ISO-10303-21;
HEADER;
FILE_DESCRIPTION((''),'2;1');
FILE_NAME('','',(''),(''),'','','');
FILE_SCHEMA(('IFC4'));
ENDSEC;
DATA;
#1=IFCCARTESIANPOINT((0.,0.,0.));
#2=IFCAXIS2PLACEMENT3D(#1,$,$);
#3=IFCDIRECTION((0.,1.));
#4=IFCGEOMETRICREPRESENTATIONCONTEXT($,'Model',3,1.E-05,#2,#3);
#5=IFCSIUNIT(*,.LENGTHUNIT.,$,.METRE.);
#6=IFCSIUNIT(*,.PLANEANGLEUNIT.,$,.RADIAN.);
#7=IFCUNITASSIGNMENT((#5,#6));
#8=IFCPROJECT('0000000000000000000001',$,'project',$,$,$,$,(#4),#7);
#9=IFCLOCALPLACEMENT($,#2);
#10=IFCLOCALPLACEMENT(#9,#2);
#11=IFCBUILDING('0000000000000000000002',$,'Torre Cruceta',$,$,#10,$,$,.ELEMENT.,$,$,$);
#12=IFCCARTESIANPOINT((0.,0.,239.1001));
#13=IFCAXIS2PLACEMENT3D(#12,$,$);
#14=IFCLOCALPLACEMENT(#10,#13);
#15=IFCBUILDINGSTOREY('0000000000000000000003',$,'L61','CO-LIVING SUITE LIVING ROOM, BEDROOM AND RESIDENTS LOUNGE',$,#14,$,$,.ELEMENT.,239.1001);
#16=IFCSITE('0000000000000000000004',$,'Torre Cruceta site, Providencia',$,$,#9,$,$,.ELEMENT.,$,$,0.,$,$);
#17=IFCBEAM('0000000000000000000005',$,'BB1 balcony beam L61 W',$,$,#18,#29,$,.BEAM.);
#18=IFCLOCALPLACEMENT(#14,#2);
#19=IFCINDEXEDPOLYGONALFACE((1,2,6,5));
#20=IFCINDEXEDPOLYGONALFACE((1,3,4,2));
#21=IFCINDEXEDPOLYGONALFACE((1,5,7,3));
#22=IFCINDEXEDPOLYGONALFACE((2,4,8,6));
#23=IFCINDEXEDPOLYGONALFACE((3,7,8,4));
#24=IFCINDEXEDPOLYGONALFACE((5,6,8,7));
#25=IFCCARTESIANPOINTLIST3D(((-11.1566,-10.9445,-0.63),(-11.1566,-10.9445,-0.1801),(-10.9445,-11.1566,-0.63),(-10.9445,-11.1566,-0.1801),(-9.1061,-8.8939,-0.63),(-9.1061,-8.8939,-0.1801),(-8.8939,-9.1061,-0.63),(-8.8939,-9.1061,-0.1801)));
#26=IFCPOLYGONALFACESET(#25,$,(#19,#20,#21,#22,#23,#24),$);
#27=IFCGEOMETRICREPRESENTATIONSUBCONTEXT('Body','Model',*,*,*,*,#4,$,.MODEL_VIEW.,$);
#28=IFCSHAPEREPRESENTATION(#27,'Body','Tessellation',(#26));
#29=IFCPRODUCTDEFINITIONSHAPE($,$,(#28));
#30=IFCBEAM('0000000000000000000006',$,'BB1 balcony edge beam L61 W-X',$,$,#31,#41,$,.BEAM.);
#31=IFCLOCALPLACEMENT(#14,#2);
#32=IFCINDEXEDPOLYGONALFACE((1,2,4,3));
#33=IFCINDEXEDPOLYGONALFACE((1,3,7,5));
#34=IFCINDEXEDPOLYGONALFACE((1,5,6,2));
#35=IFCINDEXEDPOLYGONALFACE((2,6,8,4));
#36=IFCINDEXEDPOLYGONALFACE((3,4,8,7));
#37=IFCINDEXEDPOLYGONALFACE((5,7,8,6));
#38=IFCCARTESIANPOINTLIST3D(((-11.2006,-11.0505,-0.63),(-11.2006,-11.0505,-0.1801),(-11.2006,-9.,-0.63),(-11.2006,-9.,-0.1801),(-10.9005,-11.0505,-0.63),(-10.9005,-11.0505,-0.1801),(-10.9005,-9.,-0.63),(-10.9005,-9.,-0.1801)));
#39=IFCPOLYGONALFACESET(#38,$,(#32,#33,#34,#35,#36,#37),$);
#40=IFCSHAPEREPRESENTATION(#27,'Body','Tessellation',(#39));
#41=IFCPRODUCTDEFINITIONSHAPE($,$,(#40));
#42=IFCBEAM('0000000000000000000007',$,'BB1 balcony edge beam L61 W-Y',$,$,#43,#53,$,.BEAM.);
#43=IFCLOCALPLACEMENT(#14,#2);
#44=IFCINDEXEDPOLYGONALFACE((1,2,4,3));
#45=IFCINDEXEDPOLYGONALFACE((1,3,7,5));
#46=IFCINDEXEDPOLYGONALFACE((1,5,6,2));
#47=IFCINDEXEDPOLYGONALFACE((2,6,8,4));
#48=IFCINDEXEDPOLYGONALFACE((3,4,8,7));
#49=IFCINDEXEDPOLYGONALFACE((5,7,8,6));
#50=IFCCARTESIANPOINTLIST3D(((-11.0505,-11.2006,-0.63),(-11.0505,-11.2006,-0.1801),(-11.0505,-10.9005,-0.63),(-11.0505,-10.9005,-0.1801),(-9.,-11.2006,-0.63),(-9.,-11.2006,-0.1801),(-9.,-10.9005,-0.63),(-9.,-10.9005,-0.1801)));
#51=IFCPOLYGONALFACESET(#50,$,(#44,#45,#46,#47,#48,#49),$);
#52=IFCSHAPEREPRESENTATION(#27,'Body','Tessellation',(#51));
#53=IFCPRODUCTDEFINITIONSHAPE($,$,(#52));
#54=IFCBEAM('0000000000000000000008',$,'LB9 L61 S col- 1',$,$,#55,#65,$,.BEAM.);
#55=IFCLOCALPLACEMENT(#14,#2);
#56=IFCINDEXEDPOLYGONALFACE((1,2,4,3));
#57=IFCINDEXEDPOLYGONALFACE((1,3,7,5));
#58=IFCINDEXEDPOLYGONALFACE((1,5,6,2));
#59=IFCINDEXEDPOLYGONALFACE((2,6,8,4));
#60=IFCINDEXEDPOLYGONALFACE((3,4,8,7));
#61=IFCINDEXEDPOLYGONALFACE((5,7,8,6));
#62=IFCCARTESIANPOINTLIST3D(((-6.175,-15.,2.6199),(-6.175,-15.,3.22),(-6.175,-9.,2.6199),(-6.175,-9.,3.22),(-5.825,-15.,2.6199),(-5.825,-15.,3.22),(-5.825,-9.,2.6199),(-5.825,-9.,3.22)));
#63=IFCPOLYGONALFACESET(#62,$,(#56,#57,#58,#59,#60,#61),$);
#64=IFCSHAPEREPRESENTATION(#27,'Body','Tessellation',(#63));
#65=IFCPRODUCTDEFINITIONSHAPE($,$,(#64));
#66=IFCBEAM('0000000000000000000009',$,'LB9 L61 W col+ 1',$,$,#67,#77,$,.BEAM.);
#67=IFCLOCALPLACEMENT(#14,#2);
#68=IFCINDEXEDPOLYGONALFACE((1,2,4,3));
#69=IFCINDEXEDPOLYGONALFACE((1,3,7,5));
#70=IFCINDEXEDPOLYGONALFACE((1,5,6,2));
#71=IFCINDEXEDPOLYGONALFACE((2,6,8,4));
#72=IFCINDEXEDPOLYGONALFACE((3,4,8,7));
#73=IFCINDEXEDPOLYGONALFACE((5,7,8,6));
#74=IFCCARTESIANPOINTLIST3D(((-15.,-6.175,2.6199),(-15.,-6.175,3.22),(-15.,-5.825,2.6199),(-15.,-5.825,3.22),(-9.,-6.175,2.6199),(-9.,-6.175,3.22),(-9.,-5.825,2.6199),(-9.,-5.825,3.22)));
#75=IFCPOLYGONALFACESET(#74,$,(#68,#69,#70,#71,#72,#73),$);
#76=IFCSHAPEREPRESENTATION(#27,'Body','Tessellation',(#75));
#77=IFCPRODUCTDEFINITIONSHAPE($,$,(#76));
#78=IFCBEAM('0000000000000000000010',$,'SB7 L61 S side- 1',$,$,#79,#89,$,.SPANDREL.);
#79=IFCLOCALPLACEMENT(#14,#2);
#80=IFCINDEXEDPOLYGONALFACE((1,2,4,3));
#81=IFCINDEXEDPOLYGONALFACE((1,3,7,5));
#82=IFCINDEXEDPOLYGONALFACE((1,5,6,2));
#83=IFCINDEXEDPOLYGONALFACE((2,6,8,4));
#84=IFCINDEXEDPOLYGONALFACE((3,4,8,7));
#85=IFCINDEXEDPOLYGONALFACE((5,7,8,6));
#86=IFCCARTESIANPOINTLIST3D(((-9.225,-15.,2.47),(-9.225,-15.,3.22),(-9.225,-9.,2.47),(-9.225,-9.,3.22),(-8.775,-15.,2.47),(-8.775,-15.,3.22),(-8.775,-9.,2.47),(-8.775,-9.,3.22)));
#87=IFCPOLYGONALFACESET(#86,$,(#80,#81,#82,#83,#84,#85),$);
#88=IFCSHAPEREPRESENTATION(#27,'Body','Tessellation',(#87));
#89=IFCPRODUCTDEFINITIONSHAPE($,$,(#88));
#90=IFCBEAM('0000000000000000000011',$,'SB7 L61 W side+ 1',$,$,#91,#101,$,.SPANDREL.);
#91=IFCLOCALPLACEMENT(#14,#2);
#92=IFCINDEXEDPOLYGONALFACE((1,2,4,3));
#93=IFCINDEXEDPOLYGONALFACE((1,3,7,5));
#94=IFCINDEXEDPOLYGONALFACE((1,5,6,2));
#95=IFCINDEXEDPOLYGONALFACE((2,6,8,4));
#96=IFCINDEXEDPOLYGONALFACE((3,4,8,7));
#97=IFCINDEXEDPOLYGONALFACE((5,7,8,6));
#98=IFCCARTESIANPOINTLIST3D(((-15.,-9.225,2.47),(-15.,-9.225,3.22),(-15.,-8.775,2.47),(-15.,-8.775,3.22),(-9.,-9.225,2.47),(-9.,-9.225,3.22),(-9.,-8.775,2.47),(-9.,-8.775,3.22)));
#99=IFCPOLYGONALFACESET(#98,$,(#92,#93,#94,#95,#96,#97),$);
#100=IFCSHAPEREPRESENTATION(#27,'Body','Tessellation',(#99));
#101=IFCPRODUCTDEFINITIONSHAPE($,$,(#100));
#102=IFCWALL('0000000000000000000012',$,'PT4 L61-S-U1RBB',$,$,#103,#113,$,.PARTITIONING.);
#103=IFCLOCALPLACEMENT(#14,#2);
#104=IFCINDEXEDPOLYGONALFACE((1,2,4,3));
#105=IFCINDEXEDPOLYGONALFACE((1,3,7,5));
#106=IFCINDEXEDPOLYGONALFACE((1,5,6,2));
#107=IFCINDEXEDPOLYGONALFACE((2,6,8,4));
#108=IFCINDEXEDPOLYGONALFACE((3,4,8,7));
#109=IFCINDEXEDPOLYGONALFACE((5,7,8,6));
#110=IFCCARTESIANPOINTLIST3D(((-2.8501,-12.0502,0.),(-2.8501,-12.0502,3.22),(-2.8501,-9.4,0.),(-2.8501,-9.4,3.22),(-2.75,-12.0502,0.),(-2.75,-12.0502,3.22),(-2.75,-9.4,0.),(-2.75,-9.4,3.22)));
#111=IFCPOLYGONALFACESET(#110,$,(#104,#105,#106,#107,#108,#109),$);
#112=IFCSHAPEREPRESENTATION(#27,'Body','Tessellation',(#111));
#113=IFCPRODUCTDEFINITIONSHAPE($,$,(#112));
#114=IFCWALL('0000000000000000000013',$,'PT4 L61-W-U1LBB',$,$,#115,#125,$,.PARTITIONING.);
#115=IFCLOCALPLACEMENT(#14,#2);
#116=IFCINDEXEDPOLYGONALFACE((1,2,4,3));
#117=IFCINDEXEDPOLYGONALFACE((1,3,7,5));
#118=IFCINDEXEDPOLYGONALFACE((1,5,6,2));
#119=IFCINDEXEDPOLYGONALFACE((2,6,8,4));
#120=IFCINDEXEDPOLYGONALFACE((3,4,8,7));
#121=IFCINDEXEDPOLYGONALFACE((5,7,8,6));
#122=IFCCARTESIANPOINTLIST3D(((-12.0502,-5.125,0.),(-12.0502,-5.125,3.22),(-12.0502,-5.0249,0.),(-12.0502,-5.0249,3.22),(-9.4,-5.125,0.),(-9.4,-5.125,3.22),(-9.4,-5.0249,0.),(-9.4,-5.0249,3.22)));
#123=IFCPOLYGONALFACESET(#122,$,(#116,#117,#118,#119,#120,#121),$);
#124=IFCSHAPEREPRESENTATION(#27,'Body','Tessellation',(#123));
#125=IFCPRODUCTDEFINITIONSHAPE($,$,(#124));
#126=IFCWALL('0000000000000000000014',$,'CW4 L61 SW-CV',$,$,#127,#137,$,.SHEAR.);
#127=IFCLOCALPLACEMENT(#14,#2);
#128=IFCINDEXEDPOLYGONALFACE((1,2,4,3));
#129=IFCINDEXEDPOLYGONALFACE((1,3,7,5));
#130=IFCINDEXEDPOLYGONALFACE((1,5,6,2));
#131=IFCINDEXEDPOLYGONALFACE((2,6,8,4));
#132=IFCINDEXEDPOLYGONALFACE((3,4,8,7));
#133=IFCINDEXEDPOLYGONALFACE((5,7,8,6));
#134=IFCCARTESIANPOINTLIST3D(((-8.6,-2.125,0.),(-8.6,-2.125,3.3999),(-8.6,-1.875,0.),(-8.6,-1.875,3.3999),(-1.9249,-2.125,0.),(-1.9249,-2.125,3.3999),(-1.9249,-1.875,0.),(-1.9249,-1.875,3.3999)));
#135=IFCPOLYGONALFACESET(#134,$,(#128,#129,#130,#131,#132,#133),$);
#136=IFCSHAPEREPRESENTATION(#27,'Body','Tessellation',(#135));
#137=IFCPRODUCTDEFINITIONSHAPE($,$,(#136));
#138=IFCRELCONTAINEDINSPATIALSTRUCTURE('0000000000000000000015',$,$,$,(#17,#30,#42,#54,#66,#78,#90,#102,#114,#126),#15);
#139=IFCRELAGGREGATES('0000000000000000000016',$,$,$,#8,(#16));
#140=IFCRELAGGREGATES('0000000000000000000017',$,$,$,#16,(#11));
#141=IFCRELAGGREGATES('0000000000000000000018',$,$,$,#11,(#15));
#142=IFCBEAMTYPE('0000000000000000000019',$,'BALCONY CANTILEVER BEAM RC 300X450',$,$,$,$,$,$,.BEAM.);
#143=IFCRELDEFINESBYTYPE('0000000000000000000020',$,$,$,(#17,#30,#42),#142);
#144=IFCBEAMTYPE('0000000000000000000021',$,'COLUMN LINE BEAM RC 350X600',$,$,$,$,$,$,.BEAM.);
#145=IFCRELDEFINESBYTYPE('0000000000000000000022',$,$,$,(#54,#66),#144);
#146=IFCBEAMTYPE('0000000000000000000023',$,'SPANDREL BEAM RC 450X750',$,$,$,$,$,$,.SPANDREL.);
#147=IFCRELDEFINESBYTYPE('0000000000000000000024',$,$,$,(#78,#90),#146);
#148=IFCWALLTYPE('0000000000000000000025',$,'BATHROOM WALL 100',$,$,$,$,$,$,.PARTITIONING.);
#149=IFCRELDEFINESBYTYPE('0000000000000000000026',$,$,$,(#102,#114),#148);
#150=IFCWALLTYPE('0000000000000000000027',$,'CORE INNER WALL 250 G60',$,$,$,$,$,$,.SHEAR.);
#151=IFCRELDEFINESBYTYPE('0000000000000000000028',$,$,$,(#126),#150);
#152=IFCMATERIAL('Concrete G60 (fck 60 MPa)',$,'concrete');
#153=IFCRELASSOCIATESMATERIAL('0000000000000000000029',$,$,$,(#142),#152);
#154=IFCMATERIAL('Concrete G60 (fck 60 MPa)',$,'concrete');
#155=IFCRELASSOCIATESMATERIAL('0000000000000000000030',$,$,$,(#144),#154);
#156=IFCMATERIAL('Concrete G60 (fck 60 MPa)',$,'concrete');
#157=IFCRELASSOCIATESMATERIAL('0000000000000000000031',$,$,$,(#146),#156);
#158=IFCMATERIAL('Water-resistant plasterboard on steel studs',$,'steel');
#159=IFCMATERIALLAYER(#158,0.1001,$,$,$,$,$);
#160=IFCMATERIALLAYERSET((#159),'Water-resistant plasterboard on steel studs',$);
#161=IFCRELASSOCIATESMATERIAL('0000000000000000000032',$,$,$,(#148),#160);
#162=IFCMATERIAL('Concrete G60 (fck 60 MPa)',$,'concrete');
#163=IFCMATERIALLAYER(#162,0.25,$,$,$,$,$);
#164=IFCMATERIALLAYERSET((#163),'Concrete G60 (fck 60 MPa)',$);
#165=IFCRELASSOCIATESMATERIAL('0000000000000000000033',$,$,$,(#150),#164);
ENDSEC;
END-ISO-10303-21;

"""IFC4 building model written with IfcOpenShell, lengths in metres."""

from ifc_helpers import new_model, si_unit, direction, frame, frame_2d, origin, origin_2d, place, context, subcontext, project, spatial, rectangle, extrude, material, layer, layer_set, material_profile, profile_set, type_object, element, save


model = new_model("IFC4")

# Units and contexts
model_context = context("Model", 3, precision=1e-05, world=origin(), true_north=direction((0.0, 1.0)))
body_context = subcontext(model_context, "Body", "Model", "MODEL_VIEW")
ifc_project = project(units=[si_unit("LENGTHUNIT", "METRE"), si_unit("PLANEANGLEUNIT", "RADIAN")], contexts=[model_context])

# Site, building, storey
site_placement = place(None, origin())
site = spatial("IfcSite", under=ifc_project, at=site_placement, Name="Torre Cruceta site, Providencia", CompositionType="ELEMENT", RefElevation=0.0)
building_placement = place(site_placement, origin())
building = spatial("IfcBuilding", under=site, at=building_placement, Name="Torre Cruceta", CompositionType="ELEMENT")
storey_placement = place(building_placement, frame((0.0, 0.0, 239.1001)))
storey = spatial("IfcBuildingStorey", under=building, at=storey_placement, Name="L61", Description="CO-LIVING SUITE LIVING ROOM, BEDROOM AND RESIDENTS LOUNGE", CompositionType="ELEMENT", Elevation=239.1001)

# Beams
ifc_material_1 = material(Name="Concrete G60 (fck 60 MPa)", Category="concrete")
ifc_material_profile_1 = material_profile(ifc_material_1, rectangle(XDim=0.3, YDim=0.45, at=origin_2d()), Name="RC 300X450")
ifc_profile_set_1 = profile_set([ifc_material_profile_1], Name="Concrete G60 (fck 60 MPa)")
beam_type_1 = type_object("IfcBeamType", Name="BALCONY CANTILEVER BEAM RC 300X450", PredefinedType="BEAM", material=ifc_profile_set_1)
beam_placement = place(storey_placement, frame((-9.0, -9.0, -0.405), z_axis=(-0.707107, -0.707107, 0.0), x_axis=(0.707107, -0.707107, 0.0)))
element("IfcBeam", 1, at=beam_placement, inside=storey, type_object=beam_type_1, Name="BB1 balcony beam L61 W", PredefinedType="BEAM", context=body_context, shape_type="SweptSolid", body=[
    extrude(rectangle(XDim=0.3, YDim=0.45, at=origin_2d()), origin(), (0.0, 0.0, 1.0), 2.8999),
])
for number, where, z_axis, x_axis, name in (
    (2, (-11.0505, -9.0, -0.405), (0.0, -1.0, 0.0), (1.0, 0.0, 0.0), "BB1 balcony edge beam L61 W-X"),
    (3, (-9.0, -11.0505, -0.405), (-1.0, 0.0, 0.0), (0.0, -1.0, 0.0), "BB1 balcony edge beam L61 W-Y"),
):
    element("IfcBeam", number, at=place(storey_placement, frame(where, z_axis=z_axis, x_axis=x_axis)), inside=storey, type_object=beam_type_1, Name=name, PredefinedType="BEAM", context=body_context, shape_type="SweptSolid", body=[
        extrude(rectangle(XDim=0.3, YDim=0.45, at=origin_2d()), origin(), (0.0, 0.0, 1.0), 2.0505),
    ])
ifc_material_2 = material(Name="Concrete G60 (fck 60 MPa)", Category="concrete")
ifc_material_profile_2 = material_profile(ifc_material_2, rectangle(XDim=0.3501, YDim=0.6001, at=origin_2d()), Name="RC 350X600")
ifc_profile_set_2 = profile_set([ifc_material_profile_2], Name="Concrete G60 (fck 60 MPa)")
beam_type_2 = type_object("IfcBeamType", Name="COLUMN LINE BEAM RC 350X600", PredefinedType="BEAM", material=ifc_profile_set_2)
for number, where, z_axis, x_axis, name in (
    (4, (-6.0, -9.0, 2.9199), (0.0, -1.0, 0.0), (1.0, 0.0, 0.0), "LB9 L61 S col- 1"),
    (5, (-9.0, -6.0, 2.9199), (-1.0, 0.0, 0.0), (0.0, -1.0, 0.0), "LB9 L61 W col+ 1"),
):
    element("IfcBeam", number, at=place(storey_placement, frame(where, z_axis=z_axis, x_axis=x_axis)), inside=storey, type_object=beam_type_2, Name=name, PredefinedType="BEAM", context=body_context, shape_type="SweptSolid", body=[
        extrude(rectangle(XDim=0.3501, YDim=0.6001, at=origin_2d()), origin(), (0.0, 0.0, 1.0), 6.0),
    ])
ifc_material_3 = material(Name="Concrete G60 (fck 60 MPa)", Category="concrete")
ifc_material_profile_3 = material_profile(ifc_material_3, rectangle(XDim=0.45, YDim=0.75, at=origin_2d()), Name="RC 450X750")
ifc_profile_set_3 = profile_set([ifc_material_profile_3], Name="Concrete G60 (fck 60 MPa)")
beam_type_3 = type_object("IfcBeamType", Name="SPANDREL BEAM RC 450X750", PredefinedType="SPANDREL", material=ifc_profile_set_3)
for number, where, z_axis, x_axis, name in (
    (6, (-9.0, -9.0, 2.845), (0.0, -1.0, 0.0), (1.0, 0.0, 0.0), "SB7 L61 S side- 1"),
    (7, (-9.0, -9.0, 2.845), (-1.0, 0.0, 0.0), (0.0, -1.0, 0.0), "SB7 L61 W side+ 1"),
):
    element("IfcBeam", number, at=place(storey_placement, frame(where, z_axis=z_axis, x_axis=x_axis)), inside=storey, type_object=beam_type_3, Name=name, PredefinedType="SPANDREL", context=body_context, shape_type="SweptSolid", body=[
        extrude(rectangle(XDim=0.45, YDim=0.75, at=origin_2d()), origin(), (0.0, 0.0, 1.0), 6.0),
    ])

# Walls
ifc_material_4 = material(Name="Water-resistant plasterboard on steel studs", Category="steel")
ifc_layer_1 = layer(ifc_material_4, 0.1001)
ifc_layer_set_1 = layer_set([ifc_layer_1], Name="Water-resistant plasterboard on steel studs")
wall_type_1 = type_object("IfcWallType", Name="BATHROOM WALL 100", PredefinedType="PARTITIONING", material=ifc_layer_set_1)
for number, where, z_axis, x_axis, name in (
    (8, (-2.8, -9.3999, 0.0), (0.0, 0.0, 1.0), (0.0, -1.0, 0.0), "PT4 L61-S-U1RBB"),
    (9, (-9.3999, -5.075, 0.0), (0.0, 0.0, 1.0), (-1.0, 0.0, 0.0), "PT4 L61-W-U1LBB"),
):
    element("IfcWall", number, at=place(storey_placement, frame(where, z_axis=z_axis, x_axis=x_axis)), inside=storey, type_object=wall_type_1, Name=name, PredefinedType="PARTITIONING", context=body_context, shape_type="SweptSolid", body=[
        extrude(rectangle(XDim=2.6501, YDim=0.1001, at=frame_2d((1.3252, 0.0))), origin(), (0.0, 0.0, 1.0), 3.22),
    ])
ifc_material_5 = material(Name="Concrete G60 (fck 60 MPa)", Category="concrete")
ifc_layer_2 = layer(ifc_material_5, 0.25)
ifc_layer_set_2 = layer_set([ifc_layer_2], Name="Concrete G60 (fck 60 MPa)")
wall_type_2 = type_object("IfcWallType", Name="CORE INNER WALL 250 G60", PredefinedType="SHEAR", material=ifc_layer_set_2)
wall_1_placement = place(storey_placement, frame((-1.925, -2.0, 0.0), z_axis=(0.0, 0.0, 1.0), x_axis=(-1.0, 0.0, 0.0)))
element("IfcWall", 10, at=wall_1_placement, inside=storey, type_object=wall_type_2, Name="CW4 L61 SW-CV", PredefinedType="SHEAR", context=body_context, shape_type="SweptSolid", body=[
    extrude(rectangle(XDim=6.675, YDim=0.25, at=frame_2d((3.3374, 0.0))), origin(), (0.0, 0.0, 1.0), 3.3999),
])

save(model, "model.ifc")
